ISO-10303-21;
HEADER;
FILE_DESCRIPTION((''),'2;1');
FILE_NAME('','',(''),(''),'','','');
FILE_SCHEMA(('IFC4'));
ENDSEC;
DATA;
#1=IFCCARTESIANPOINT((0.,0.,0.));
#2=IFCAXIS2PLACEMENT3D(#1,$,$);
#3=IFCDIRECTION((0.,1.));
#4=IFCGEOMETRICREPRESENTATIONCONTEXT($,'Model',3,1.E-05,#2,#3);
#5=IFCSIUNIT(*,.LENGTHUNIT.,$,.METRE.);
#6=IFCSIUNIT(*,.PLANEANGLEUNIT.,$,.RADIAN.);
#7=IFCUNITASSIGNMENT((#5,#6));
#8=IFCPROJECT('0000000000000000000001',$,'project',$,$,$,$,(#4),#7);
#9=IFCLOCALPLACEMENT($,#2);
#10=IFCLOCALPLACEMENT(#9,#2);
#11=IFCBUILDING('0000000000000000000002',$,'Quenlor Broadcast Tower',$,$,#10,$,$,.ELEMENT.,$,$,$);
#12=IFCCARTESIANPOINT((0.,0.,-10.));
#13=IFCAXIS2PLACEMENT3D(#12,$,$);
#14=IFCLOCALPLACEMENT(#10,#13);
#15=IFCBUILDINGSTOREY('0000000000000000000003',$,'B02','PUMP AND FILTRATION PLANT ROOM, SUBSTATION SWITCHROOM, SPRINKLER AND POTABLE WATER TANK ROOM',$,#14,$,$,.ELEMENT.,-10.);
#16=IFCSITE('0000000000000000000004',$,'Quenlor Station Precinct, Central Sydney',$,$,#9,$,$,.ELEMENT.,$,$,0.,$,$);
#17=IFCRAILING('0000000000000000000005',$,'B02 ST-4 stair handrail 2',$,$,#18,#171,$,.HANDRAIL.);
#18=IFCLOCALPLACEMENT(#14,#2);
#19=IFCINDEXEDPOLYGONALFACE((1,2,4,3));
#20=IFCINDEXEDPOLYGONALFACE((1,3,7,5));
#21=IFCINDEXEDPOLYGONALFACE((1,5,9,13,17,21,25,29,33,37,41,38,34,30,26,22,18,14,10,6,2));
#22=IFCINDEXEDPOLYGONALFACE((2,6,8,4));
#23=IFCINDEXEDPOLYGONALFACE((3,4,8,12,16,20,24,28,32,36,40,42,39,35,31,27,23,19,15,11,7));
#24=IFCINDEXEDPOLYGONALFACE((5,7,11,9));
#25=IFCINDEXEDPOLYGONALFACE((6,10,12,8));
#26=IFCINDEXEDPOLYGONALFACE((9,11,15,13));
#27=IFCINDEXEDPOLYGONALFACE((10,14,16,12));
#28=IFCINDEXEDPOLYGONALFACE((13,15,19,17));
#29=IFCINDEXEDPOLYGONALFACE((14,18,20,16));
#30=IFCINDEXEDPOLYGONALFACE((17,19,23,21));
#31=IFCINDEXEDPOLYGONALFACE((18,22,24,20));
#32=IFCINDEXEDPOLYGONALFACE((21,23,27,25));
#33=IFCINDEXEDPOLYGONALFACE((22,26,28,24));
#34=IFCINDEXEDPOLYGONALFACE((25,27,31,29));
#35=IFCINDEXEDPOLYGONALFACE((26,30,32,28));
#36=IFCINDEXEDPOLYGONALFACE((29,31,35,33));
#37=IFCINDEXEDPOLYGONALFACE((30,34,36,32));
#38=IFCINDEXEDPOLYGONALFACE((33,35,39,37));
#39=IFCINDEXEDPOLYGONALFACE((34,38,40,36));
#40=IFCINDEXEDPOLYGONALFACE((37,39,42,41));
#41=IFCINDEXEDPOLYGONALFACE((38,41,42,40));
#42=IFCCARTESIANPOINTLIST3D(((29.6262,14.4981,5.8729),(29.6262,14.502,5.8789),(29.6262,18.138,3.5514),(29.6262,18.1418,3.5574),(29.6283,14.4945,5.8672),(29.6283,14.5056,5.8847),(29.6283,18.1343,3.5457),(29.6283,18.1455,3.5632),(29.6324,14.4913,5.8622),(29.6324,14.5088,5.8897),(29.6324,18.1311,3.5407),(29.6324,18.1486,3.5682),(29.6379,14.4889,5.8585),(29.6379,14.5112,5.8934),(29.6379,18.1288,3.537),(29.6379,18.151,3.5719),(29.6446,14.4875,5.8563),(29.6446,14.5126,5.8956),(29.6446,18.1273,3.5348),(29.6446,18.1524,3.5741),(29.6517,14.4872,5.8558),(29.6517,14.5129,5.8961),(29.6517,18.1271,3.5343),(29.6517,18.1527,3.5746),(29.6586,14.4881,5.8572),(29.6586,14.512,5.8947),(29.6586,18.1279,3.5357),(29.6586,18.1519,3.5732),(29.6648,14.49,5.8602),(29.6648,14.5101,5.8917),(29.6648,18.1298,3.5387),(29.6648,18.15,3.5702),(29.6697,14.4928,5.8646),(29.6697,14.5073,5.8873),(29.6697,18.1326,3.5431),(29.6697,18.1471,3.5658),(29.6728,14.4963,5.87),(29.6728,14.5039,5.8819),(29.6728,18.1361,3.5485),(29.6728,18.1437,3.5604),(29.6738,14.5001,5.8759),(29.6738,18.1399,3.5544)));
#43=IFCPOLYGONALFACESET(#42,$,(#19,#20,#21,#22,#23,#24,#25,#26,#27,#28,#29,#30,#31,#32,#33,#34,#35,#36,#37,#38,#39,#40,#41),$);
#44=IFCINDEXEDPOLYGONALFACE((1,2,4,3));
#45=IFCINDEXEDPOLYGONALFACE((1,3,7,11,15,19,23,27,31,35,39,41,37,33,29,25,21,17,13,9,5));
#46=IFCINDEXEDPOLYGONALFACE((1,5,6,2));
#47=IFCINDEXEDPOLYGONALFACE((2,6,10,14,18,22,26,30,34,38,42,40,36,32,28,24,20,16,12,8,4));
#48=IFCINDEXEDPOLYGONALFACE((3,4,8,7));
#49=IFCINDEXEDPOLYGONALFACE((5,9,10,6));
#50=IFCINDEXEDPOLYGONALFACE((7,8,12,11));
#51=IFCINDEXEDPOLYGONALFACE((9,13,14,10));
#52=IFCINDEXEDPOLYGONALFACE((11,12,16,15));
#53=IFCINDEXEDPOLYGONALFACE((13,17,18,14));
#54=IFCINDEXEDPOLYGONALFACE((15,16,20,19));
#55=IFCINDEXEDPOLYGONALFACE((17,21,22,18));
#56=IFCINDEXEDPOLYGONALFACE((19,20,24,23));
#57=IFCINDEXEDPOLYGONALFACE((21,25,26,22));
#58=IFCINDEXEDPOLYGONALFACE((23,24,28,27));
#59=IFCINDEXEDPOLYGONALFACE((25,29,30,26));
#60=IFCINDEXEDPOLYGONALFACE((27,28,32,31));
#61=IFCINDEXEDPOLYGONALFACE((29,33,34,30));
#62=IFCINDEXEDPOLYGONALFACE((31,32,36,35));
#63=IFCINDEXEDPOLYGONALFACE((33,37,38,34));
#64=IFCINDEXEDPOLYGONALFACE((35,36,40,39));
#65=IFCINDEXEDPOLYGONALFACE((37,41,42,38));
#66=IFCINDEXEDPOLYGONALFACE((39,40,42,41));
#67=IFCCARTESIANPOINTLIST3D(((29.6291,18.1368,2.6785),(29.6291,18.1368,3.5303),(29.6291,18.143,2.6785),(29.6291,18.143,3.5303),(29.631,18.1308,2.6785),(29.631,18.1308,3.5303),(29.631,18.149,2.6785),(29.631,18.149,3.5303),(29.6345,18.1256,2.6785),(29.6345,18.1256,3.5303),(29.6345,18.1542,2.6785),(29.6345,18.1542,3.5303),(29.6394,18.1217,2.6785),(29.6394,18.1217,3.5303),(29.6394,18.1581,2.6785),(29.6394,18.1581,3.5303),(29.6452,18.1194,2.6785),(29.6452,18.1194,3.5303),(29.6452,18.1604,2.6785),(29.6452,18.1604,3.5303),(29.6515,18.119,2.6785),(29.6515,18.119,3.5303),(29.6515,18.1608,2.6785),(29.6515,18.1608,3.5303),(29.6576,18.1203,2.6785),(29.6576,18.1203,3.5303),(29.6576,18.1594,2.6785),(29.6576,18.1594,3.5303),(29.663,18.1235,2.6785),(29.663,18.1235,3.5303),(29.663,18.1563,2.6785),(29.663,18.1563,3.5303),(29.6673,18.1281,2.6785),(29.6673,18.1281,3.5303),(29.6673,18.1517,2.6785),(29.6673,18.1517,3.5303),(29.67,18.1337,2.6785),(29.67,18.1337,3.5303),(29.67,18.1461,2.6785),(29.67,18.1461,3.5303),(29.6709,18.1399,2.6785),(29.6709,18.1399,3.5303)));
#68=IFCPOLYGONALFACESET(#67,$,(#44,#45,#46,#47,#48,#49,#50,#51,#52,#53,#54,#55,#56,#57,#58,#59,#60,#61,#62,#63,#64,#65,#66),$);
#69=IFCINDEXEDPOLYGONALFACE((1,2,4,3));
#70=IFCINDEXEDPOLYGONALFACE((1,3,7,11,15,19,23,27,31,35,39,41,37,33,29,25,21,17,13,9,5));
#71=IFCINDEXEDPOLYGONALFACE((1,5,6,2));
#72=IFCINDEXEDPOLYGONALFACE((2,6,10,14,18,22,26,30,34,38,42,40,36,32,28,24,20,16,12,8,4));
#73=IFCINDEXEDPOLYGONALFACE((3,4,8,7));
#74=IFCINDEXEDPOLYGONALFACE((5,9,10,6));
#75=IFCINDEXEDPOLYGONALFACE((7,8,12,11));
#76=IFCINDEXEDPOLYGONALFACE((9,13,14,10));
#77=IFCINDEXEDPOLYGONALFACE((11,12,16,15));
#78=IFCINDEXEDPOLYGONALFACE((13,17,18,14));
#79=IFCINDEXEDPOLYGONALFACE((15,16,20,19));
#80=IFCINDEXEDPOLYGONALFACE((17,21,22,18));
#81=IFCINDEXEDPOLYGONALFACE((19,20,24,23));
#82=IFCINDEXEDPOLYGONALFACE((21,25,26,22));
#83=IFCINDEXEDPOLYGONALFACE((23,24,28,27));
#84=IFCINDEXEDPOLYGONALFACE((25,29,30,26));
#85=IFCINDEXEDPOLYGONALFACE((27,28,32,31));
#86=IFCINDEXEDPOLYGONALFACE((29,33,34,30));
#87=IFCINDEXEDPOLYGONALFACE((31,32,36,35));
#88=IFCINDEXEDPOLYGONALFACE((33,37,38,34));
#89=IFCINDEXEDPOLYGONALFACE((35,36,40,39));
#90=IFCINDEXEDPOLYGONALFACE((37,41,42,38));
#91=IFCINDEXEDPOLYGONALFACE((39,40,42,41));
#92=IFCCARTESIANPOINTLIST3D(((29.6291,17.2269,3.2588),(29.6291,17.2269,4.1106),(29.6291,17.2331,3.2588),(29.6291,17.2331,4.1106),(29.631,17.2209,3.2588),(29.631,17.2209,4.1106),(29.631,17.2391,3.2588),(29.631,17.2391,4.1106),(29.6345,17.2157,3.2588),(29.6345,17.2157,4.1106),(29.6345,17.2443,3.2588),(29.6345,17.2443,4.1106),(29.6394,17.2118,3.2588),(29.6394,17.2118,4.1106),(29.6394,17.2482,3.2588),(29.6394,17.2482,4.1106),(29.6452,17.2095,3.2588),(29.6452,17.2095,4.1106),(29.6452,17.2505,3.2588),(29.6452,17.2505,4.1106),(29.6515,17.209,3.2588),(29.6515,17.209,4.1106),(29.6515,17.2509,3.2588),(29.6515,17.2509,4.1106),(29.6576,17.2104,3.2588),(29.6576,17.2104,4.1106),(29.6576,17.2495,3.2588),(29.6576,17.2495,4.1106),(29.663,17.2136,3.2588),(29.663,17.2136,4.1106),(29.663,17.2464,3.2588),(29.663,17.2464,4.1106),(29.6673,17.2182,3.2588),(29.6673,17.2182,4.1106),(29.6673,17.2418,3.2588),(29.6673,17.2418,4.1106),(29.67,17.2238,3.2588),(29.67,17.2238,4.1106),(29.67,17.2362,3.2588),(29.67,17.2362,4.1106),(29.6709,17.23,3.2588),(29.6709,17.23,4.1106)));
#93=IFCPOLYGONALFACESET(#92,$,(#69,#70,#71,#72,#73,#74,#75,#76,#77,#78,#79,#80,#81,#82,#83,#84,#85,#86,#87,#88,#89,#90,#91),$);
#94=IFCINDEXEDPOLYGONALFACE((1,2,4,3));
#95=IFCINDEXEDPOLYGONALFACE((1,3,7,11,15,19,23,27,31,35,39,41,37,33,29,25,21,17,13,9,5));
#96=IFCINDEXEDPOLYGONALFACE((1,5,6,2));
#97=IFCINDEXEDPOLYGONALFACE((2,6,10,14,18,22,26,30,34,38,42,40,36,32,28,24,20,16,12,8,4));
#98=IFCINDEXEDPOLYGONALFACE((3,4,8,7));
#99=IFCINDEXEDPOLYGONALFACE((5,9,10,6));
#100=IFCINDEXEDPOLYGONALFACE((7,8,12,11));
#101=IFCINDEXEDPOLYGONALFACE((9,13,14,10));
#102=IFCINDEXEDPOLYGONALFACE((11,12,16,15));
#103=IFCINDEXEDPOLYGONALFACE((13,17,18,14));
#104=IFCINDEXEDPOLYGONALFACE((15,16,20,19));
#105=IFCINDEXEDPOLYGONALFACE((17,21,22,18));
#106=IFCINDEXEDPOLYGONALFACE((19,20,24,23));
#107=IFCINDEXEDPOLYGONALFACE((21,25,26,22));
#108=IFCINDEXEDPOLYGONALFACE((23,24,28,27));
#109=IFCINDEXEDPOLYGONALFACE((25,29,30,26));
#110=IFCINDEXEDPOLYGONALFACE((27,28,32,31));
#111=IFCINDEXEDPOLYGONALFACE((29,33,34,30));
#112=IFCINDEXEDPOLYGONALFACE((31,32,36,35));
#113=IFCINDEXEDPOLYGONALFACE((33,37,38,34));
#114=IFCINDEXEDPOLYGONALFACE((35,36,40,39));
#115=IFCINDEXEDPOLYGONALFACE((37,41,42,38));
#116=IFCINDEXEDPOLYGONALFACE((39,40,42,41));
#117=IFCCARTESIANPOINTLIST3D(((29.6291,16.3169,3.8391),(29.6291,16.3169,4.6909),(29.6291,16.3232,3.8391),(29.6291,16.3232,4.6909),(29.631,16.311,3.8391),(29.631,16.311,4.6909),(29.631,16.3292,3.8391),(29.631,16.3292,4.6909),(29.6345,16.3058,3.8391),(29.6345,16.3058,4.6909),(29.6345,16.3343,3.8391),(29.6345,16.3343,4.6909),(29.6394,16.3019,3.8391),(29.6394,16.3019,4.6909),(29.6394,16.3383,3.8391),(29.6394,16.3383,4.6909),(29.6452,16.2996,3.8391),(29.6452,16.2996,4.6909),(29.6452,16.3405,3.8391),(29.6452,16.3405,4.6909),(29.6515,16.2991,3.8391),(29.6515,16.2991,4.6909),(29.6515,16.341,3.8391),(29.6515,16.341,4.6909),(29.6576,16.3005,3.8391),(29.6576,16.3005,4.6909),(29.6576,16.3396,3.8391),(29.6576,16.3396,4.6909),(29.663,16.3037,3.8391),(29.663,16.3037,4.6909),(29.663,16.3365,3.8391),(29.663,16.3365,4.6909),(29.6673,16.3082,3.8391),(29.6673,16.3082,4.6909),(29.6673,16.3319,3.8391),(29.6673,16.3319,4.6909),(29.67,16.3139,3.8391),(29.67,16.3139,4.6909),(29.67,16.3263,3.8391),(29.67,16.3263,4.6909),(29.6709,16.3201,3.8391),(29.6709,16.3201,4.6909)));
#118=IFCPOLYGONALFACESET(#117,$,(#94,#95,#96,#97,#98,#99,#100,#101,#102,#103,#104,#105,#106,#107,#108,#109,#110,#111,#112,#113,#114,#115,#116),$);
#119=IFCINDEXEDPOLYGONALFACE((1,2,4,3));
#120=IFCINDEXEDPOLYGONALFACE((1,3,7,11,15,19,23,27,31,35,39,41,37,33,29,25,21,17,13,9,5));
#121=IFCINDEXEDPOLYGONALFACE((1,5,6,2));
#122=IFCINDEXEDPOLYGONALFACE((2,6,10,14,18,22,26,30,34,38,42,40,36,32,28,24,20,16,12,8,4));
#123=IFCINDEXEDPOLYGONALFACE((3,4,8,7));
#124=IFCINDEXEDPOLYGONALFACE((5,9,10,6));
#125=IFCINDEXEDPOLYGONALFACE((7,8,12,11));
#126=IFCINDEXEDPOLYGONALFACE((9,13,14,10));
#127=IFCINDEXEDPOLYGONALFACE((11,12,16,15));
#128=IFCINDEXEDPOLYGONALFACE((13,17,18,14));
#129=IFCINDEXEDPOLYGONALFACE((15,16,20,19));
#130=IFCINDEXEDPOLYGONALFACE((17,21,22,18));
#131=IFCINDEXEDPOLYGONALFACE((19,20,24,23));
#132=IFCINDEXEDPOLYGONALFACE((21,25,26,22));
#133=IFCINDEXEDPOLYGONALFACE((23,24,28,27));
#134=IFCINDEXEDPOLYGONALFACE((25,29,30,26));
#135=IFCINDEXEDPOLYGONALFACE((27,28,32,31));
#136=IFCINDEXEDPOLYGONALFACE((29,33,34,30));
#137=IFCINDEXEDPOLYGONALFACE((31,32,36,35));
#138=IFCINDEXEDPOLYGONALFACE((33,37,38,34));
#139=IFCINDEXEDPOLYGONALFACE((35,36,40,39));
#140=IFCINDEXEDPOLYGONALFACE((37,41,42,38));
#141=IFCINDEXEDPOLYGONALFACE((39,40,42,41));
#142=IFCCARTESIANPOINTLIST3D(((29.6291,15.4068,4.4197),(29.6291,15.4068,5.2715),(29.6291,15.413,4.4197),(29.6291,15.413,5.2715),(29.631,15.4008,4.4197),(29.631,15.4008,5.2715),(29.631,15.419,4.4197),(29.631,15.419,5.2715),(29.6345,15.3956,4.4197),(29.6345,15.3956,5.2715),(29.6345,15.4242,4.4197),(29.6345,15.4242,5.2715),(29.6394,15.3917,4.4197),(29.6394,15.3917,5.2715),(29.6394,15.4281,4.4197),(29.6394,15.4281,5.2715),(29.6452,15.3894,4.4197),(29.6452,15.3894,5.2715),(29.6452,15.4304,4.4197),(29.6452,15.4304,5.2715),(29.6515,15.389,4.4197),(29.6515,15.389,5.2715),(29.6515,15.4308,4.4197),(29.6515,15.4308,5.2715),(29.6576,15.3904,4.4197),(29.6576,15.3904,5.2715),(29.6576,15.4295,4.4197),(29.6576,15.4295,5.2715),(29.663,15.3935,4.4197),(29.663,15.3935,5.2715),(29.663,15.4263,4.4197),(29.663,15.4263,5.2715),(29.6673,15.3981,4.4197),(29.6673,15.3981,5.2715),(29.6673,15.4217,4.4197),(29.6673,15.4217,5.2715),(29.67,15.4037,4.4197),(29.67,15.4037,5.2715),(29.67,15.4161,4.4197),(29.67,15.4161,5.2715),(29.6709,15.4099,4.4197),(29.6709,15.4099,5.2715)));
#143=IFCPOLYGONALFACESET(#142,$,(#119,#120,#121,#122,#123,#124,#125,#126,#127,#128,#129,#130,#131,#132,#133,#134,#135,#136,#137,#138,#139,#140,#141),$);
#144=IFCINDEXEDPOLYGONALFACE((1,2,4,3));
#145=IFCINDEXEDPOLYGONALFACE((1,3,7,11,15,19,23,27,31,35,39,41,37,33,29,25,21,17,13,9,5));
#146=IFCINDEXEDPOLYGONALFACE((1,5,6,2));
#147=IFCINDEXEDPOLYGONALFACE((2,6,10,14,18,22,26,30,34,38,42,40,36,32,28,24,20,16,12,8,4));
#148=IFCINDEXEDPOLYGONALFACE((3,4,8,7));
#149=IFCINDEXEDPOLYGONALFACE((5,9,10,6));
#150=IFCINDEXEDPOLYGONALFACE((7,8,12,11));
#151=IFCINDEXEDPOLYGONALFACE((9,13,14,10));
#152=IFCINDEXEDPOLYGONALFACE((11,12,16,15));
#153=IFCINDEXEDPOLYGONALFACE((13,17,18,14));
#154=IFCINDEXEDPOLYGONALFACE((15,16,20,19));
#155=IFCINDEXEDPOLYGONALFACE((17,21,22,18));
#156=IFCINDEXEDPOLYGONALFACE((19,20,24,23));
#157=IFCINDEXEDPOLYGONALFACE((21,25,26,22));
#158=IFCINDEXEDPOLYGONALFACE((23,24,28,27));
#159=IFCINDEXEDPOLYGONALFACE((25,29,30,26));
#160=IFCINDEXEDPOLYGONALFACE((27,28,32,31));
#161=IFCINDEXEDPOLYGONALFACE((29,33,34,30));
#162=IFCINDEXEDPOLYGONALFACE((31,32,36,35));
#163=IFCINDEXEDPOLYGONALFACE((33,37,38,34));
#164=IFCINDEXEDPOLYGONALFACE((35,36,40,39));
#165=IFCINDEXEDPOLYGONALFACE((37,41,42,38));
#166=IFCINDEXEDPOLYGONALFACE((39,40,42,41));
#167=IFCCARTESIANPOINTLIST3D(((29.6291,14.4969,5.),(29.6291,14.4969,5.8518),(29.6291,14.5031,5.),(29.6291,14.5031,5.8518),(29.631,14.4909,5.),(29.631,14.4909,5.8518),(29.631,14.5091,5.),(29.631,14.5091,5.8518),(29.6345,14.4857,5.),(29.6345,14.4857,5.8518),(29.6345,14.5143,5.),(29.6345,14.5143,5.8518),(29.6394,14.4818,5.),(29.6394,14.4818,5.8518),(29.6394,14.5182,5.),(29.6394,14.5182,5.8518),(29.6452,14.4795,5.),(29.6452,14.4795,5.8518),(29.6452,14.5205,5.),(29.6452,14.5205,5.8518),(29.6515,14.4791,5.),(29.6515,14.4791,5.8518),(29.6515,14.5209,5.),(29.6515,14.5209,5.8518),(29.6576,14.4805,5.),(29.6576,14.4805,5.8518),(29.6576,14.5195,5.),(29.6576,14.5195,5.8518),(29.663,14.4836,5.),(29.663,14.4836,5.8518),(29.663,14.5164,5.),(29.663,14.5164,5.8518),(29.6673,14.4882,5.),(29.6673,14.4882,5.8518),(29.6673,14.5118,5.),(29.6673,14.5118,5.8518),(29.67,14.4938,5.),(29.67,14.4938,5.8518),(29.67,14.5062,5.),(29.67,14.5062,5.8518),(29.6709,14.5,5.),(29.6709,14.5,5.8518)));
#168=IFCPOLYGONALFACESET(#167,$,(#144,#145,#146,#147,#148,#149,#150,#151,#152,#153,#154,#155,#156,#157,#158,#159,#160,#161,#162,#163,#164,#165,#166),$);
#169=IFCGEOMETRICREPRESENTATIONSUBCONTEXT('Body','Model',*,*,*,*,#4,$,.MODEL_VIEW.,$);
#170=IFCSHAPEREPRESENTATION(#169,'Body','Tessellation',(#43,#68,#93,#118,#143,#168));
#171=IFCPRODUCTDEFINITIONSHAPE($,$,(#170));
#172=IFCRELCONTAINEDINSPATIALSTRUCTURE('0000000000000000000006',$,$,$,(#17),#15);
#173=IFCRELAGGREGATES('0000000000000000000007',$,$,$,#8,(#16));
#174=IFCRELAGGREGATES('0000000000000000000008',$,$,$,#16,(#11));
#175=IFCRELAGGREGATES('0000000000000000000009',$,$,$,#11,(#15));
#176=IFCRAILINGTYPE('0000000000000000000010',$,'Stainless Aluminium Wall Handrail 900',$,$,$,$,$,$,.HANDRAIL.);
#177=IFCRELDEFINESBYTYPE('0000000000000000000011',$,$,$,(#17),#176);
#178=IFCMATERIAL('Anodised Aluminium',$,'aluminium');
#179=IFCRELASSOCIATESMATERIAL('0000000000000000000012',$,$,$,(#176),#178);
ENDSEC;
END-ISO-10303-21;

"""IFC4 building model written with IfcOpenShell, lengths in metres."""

from ifc_helpers import new_model, si_unit, direction, frame, origin, origin_2d, place, context, subcontext, project, spatial, circle, extrude, material, type_object, element, save


model = new_model("IFC4")

# Units and contexts
model_context = context("Model", 3, precision=1e-05, world=origin(), true_north=direction((0.0, 1.0)))
body_context = subcontext(model_context, "Body", "Model", "MODEL_VIEW")
ifc_project = project(units=[si_unit("LENGTHUNIT", "METRE"), si_unit("PLANEANGLEUNIT", "RADIAN")], contexts=[model_context])

# Site, building, storey
site_placement = place(None, origin())
site = spatial("IfcSite", under=ifc_project, at=site_placement, Name="Quenlor Station Precinct, Central Sydney", CompositionType="ELEMENT", RefElevation=0.0)
building_placement = place(site_placement, origin())
building = spatial("IfcBuilding", under=site, at=building_placement, Name="Quenlor Broadcast Tower", CompositionType="ELEMENT")
storey_placement = place(building_placement, frame((0.0, 0.0, -10.0)))
storey = spatial("IfcBuildingStorey", under=building, at=storey_placement, Name="B02", Description="PUMP AND FILTRATION PLANT ROOM, SUBSTATION SWITCHROOM, SPRINKLER AND POTABLE WATER TANK ROOM", CompositionType="ELEMENT", Elevation=-10.0)

# Railing
ifc_material_1 = material(Name="Anodised Aluminium", Category="aluminium")
railing_type_1 = type_object("IfcRailingType", Name="Stainless Aluminium Wall Handrail 900", PredefinedType="HANDRAIL", material=ifc_material_1)
railing_1_placement = place(storey_placement, frame((29.6499, 18.1399, 2.6785)))
element("IfcRailing", 1, at=railing_1_placement, inside=storey, type_object=railing_type_1, Name="B02 ST-4 stair handrail 2", PredefinedType="HANDRAIL", context=body_context, shape_type="SweptSolid", body=[
    extrude(circle(Radius=0.0239, at=origin_2d()), frame((0.0, 0.0, 0.876), z_axis=(0.0, -0.843112, 0.537739), x_axis=(1.0, 0.0, 0.0)), (0.0, 0.0, 1.0), 4.3171),
    extrude(circle(Radius=0.021, at=origin_2d()), origin(), (0.0, 0.0, 1.0), 0.8518),
    extrude(circle(Radius=0.021, at=origin_2d()), frame((0.0, -0.9099, 0.5803)), (0.0, 0.0, 1.0), 0.8518),
    extrude(circle(Radius=0.021, at=origin_2d()), frame((0.0, -1.8198, 1.1606)), (0.0, 0.0, 1.0), 0.8518),
    extrude(circle(Radius=0.021, at=origin_2d()), frame((0.0, -2.73, 1.7412)), (0.0, 0.0, 1.0), 0.8518),
    extrude(circle(Radius=0.021, at=origin_2d()), frame((0.0, -3.6399, 2.3215)), (0.0, 0.0, 1.0), 0.8518),
])

save(model, "model.ifc")
